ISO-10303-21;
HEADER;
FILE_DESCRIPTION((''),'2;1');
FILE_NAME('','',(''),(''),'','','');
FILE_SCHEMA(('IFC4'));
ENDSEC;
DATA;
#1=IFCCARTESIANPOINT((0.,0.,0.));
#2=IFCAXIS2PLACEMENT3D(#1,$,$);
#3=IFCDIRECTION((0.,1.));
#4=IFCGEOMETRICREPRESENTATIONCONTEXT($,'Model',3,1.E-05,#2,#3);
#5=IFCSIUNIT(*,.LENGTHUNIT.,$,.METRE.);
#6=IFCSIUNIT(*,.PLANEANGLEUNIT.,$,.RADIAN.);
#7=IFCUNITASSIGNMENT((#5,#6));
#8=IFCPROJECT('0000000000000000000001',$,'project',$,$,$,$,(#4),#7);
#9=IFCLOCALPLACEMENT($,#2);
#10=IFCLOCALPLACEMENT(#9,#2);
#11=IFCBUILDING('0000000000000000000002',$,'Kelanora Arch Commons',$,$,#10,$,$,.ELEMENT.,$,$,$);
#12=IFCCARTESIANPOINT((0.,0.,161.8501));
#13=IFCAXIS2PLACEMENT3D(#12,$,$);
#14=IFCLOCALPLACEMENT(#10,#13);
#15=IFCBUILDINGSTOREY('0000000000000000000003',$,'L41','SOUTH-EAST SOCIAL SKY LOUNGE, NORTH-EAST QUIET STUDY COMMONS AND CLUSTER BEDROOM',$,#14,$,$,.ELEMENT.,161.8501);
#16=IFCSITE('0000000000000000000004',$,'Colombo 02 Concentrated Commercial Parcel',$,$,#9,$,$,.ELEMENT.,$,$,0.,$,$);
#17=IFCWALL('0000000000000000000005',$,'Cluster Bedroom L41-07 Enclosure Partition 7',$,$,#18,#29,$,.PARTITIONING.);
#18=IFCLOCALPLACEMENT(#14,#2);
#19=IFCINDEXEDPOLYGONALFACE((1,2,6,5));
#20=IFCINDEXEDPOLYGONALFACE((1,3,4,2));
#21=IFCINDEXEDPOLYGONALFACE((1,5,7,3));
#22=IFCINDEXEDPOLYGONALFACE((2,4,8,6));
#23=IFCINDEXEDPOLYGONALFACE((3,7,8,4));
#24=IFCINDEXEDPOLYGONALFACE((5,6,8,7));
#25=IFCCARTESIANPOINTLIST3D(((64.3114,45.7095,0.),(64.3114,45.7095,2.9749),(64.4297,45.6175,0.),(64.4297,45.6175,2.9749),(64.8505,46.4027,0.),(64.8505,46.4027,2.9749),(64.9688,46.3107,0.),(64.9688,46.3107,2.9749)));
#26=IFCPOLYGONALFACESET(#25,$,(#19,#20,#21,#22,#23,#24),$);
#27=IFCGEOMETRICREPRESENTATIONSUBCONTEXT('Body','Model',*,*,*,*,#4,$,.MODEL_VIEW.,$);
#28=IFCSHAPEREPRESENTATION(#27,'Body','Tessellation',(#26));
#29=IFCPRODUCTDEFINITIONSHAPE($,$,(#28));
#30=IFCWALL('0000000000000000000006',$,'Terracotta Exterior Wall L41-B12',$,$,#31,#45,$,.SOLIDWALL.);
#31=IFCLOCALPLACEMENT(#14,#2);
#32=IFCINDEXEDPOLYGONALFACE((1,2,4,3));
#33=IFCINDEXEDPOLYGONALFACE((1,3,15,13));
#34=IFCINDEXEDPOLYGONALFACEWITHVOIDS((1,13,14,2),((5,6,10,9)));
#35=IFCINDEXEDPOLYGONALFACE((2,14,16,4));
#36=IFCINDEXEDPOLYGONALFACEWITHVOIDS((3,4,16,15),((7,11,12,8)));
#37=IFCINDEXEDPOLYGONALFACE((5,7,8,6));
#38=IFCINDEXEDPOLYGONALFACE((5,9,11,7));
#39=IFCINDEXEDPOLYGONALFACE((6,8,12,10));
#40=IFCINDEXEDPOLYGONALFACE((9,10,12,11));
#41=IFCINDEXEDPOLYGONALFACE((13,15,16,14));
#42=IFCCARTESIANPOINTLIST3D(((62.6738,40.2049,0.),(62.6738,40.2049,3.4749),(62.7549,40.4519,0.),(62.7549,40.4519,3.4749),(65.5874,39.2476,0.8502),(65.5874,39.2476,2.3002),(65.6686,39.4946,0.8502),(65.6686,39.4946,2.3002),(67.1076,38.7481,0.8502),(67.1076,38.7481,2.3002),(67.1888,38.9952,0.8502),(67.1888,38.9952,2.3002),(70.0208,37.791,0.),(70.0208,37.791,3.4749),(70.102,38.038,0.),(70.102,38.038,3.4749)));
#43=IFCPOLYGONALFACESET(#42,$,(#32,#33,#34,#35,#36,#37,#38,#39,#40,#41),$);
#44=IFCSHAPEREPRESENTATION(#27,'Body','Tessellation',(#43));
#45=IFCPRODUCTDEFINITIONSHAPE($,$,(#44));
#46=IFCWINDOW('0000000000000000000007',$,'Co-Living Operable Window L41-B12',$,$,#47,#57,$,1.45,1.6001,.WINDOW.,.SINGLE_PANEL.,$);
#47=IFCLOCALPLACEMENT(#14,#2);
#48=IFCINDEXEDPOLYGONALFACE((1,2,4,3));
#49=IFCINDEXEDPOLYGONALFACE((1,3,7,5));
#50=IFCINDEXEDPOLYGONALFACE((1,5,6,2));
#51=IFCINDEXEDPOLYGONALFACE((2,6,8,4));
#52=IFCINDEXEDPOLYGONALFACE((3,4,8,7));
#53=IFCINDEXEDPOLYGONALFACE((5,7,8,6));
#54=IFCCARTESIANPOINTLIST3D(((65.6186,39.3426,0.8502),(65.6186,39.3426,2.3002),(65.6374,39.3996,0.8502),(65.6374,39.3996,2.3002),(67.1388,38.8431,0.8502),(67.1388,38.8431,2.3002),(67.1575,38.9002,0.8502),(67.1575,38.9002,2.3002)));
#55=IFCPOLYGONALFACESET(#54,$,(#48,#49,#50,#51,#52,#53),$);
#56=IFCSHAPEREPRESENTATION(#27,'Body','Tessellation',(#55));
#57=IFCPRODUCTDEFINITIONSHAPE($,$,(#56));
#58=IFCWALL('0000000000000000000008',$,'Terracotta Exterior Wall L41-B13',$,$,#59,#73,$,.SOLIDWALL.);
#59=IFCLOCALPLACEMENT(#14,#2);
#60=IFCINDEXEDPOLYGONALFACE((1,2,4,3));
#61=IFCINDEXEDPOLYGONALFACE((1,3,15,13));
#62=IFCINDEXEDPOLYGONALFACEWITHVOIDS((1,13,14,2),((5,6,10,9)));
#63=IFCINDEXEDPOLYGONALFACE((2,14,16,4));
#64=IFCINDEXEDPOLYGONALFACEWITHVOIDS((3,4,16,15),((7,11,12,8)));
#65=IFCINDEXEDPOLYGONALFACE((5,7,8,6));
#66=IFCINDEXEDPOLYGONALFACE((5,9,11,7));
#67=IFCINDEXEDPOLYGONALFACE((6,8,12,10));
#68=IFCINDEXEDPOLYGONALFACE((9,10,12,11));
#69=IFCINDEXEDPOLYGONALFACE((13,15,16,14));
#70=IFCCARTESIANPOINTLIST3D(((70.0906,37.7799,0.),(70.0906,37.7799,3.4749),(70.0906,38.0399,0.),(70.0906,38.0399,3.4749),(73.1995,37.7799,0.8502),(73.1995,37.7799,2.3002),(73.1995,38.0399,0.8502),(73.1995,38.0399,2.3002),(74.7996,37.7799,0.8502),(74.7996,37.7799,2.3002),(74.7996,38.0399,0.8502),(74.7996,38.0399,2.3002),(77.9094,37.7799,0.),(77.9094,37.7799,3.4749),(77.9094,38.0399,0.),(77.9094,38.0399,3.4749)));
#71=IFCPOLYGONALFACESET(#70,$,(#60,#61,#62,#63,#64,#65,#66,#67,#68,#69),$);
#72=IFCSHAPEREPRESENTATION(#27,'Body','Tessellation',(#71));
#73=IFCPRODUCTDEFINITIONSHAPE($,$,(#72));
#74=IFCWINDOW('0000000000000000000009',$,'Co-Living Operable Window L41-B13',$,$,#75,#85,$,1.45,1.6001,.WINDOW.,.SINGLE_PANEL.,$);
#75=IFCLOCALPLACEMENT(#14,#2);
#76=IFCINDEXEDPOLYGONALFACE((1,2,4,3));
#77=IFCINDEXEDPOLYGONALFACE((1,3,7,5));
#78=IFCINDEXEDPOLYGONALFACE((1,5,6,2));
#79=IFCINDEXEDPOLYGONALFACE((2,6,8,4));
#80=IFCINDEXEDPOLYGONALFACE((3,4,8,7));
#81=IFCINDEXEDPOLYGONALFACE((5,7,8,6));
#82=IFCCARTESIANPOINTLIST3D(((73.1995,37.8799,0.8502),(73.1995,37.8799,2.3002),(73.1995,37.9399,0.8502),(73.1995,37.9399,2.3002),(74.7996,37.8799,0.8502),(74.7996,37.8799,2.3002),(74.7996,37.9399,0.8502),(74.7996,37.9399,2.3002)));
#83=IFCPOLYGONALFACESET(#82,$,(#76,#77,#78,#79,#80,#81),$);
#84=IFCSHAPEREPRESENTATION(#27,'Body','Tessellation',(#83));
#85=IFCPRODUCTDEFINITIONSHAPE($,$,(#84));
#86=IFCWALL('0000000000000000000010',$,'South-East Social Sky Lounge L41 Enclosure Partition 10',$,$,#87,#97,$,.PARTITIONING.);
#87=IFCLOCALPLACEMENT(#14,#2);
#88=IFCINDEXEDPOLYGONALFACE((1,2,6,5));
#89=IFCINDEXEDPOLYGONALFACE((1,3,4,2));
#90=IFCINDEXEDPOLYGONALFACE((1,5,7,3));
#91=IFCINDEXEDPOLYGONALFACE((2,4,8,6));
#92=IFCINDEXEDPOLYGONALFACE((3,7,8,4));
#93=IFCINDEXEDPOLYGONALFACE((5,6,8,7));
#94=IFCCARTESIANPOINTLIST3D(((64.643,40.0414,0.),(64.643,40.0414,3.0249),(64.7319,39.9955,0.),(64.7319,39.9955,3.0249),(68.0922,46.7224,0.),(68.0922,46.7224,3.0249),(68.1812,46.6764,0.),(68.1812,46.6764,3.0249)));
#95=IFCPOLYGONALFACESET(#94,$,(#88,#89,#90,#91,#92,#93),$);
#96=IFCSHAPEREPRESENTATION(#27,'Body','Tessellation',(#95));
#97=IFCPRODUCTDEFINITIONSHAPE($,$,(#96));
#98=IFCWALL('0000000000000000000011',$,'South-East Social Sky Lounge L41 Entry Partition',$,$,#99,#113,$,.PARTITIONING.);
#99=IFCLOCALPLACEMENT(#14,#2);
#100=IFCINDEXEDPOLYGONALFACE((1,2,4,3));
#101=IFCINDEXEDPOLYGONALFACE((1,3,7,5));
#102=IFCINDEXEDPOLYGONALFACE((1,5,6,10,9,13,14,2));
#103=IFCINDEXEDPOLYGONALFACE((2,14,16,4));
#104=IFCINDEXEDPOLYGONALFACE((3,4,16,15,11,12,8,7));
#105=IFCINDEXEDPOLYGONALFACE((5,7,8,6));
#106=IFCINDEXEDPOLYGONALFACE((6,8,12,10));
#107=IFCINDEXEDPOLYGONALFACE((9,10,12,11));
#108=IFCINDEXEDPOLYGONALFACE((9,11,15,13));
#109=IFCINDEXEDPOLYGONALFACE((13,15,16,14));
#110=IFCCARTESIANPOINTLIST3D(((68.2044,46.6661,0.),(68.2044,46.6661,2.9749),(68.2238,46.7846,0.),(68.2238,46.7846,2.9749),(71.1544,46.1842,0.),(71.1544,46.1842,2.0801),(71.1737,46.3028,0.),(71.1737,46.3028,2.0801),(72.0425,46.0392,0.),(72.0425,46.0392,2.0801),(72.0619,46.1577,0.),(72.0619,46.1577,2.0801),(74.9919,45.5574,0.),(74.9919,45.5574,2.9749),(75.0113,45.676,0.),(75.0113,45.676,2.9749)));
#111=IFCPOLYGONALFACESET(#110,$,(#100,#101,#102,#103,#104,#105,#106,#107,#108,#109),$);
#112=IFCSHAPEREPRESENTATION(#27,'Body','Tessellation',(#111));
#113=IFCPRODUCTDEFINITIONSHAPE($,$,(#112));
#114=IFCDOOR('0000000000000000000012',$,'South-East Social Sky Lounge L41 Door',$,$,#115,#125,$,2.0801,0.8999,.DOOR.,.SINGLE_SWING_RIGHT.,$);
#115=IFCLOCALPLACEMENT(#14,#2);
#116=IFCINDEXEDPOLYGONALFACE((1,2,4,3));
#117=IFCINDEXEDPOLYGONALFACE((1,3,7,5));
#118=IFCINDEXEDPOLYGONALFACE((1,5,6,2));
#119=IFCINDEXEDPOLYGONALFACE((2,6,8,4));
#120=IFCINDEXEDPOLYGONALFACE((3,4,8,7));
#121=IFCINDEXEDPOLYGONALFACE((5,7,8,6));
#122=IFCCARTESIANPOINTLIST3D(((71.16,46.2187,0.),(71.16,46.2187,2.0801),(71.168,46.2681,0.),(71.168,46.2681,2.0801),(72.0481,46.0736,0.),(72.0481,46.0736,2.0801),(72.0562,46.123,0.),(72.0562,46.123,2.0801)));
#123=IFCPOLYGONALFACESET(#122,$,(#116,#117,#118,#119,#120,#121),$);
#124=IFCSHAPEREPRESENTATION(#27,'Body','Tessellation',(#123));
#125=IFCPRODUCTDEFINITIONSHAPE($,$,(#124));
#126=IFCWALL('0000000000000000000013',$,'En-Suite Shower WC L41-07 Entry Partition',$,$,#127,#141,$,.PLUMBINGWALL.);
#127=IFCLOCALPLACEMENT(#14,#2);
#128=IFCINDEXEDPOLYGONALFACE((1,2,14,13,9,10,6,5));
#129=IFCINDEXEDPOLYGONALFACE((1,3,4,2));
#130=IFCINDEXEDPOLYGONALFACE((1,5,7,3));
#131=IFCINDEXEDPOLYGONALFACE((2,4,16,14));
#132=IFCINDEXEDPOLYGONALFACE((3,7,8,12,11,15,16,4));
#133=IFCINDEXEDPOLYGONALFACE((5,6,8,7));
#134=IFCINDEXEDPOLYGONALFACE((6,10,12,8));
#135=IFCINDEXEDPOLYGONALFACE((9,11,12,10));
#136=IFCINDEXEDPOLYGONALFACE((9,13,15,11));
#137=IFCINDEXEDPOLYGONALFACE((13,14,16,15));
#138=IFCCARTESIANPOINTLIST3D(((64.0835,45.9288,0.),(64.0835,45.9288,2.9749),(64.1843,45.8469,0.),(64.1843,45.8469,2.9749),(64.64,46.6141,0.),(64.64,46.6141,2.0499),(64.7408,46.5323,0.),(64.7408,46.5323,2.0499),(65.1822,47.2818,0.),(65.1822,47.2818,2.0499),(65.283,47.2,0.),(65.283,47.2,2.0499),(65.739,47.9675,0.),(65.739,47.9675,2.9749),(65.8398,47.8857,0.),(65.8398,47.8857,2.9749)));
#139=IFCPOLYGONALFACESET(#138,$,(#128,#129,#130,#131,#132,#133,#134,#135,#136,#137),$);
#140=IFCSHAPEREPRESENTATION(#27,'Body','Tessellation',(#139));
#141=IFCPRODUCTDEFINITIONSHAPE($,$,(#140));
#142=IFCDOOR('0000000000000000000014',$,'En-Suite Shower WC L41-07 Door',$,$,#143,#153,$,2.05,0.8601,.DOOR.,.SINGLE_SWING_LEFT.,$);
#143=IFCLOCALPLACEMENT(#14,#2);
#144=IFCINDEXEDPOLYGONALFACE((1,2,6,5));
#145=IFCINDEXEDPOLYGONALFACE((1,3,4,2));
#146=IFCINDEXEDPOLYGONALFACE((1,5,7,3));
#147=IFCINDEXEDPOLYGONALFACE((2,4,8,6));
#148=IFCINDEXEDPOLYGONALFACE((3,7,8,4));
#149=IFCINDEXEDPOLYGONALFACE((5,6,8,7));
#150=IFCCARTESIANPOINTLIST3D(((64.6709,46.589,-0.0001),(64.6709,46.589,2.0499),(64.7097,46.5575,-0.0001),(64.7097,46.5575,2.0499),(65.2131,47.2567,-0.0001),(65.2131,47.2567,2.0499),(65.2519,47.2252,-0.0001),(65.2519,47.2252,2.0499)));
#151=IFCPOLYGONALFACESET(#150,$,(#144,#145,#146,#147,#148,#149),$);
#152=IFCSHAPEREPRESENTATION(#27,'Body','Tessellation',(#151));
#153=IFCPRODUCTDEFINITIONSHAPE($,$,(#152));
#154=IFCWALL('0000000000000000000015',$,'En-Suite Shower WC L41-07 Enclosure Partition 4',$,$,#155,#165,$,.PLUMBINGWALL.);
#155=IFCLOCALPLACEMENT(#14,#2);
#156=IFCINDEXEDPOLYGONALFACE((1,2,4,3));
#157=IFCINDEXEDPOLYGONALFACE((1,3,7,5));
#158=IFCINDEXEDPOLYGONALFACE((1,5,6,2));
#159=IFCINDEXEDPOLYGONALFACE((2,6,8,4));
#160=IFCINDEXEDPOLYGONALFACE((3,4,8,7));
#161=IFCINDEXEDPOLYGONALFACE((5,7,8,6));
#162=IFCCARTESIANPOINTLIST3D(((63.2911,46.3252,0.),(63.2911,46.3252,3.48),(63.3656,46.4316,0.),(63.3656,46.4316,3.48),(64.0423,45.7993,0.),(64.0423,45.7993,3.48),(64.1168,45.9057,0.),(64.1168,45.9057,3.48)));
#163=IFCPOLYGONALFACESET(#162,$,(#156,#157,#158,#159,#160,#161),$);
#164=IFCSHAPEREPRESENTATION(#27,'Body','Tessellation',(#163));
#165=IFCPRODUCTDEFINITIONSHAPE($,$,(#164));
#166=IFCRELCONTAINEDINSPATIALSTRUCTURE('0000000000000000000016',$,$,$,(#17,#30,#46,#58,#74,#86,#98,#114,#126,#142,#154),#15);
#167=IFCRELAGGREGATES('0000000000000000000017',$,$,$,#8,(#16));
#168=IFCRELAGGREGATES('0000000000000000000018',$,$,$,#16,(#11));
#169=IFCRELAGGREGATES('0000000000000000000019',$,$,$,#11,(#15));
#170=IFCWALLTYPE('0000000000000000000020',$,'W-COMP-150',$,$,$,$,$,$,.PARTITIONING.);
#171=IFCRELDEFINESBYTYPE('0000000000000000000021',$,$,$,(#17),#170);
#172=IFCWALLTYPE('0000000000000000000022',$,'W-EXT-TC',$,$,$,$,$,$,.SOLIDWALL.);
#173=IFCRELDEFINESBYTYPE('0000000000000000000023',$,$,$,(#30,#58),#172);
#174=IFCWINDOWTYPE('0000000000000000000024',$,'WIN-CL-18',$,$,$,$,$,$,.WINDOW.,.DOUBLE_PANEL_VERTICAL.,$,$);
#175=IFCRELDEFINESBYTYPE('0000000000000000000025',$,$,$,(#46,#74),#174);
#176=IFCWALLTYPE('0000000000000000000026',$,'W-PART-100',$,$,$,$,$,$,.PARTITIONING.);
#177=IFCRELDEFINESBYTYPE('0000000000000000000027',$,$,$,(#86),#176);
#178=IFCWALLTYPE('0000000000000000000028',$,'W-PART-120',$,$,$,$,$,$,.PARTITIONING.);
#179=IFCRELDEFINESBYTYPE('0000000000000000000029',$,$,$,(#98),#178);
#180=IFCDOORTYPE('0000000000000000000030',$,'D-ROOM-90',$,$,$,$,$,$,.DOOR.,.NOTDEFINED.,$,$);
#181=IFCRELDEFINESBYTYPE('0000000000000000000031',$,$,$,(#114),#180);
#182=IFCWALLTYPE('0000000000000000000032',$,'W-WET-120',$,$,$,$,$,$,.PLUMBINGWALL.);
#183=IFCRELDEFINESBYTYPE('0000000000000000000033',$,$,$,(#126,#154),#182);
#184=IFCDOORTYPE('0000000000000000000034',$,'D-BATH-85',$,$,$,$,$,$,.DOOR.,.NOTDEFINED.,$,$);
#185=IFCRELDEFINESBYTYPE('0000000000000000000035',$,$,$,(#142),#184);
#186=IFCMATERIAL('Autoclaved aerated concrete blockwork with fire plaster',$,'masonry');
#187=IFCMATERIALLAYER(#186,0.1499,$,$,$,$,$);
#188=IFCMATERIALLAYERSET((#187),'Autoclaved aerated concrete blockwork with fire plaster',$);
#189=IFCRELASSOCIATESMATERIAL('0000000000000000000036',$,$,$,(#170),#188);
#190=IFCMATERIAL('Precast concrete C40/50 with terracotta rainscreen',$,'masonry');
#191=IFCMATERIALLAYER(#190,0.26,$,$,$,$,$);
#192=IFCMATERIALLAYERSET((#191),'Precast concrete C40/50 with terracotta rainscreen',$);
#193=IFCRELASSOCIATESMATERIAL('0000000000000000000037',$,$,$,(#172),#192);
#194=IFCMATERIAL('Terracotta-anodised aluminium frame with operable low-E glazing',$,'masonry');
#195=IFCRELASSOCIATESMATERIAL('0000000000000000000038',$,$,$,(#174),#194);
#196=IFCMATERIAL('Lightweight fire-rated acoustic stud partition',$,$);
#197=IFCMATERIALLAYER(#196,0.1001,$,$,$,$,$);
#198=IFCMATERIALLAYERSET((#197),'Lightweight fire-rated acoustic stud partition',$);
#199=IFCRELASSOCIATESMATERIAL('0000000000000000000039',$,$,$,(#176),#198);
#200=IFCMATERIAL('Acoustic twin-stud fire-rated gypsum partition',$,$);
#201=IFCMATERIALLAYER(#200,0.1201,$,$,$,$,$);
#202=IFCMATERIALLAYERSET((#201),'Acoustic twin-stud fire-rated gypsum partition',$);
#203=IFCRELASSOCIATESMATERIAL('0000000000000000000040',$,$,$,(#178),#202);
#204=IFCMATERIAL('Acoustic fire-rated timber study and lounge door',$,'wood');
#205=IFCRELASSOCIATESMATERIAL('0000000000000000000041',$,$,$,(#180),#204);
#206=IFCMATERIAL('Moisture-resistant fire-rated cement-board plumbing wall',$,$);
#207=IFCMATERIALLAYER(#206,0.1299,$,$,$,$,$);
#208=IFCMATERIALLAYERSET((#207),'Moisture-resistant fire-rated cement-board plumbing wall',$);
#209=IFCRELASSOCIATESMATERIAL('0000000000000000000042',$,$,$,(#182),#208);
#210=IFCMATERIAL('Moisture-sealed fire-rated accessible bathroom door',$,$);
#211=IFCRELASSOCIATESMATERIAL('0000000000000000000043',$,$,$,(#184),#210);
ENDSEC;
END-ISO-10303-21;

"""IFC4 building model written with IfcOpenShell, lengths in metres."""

from ifc_helpers import new_model, si_unit, direction, frame, frame_2d, origin, place, context, subcontext, project, spatial, rectangle, extrude, material, layer, layer_set, type_object, element, fill, save


model = new_model("IFC4")

# Units and contexts
model_context = context("Model", 3, precision=1e-05, world=origin(), true_north=direction((0.0, 1.0)))
body_context = subcontext(model_context, "Body", "Model", "MODEL_VIEW")
ifc_project = project(units=[si_unit("LENGTHUNIT", "METRE"), si_unit("PLANEANGLEUNIT", "RADIAN")], contexts=[model_context])

# Site, building, storey
site_placement = place(None, origin())
site = spatial("IfcSite", under=ifc_project, at=site_placement, Name="Colombo 02 Concentrated Commercial Parcel", CompositionType="ELEMENT", RefElevation=0.0)
building_placement = place(site_placement, origin())
building = spatial("IfcBuilding", under=site, at=building_placement, Name="Kelanora Arch Commons", CompositionType="ELEMENT")
storey_placement = place(building_placement, frame((0.0, 0.0, 161.8501)))
storey = spatial("IfcBuildingStorey", under=building, at=storey_placement, Name="L41", Description="SOUTH-EAST SOCIAL SKY LOUNGE, NORTH-EAST QUIET STUDY COMMONS AND CLUSTER BEDROOM", CompositionType="ELEMENT", Elevation=161.8501)

# Shared definitions
ifc_material_1 = material(Name="Autoclaved aerated concrete blockwork with fire plaster", Category="masonry")
ifc_layer_1 = layer(ifc_material_1, 0.1499)
ifc_layer_set_1 = layer_set([ifc_layer_1], Name="Autoclaved aerated concrete blockwork with fire plaster")
wall_type_1 = type_object("IfcWallType", Name="W-COMP-150", PredefinedType="PARTITIONING", material=ifc_layer_set_1)

# Wall
wall_1_placement = place(storey_placement, frame((64.3706, 45.6636, 0.0), z_axis=(0.0, 0.0, 1.0), x_axis=(0.613921, 0.789367, 0.0)))
element("IfcWall", 1, at=wall_1_placement, inside=storey, type_object=wall_type_1, Name="Cluster Bedroom L41-07 Enclosure Partition 7", PredefinedType="PARTITIONING", context=body_context, shape_type="SweptSolid", body=[
    extrude(rectangle(XDim=0.8782, YDim=0.1499, at=frame_2d((0.439, 0.0))), origin(), (0.0, 0.0, 1.0), 2.9749),
])

# Walls, openings, windows
ifc_material_2 = material(Name="Precast concrete C40/50 with terracotta rainscreen", Category="masonry")
ifc_layer_2 = layer(ifc_material_2, 0.26)
ifc_layer_set_2 = layer_set([ifc_layer_2], Name="Precast concrete C40/50 with terracotta rainscreen")
wall_type_2 = type_object("IfcWallType", Name="W-EXT-TC", PredefinedType="SOLIDWALL", material=ifc_layer_set_2)
wall_2_placement = place(storey_placement, frame((62.7144, 40.3284, 0.0), z_axis=(0.0, 0.0, 1.0), x_axis=(0.950038, -0.312133, 0.0)))
wall_2 = element("IfcWall", 2, at=wall_2_placement, inside=storey, type_object=wall_type_2, Name="Terracotta Exterior Wall L41-B12", PredefinedType="SOLIDWALL", context=body_context, shape_type="SweptSolid", body=[
    extrude(rectangle(XDim=7.7334, YDim=0.26, at=frame_2d((3.8667, 0.0))), origin(), (0.0, 0.0, 1.0), 3.4749),
])
opening_1_placement = place(wall_2_placement, frame((3.0669, 0.0, 0.8501)))
opening_1 = element("IfcOpeningElement", 3, at=opening_1_placement, cuts=wall_2, PredefinedType="OPENING", context=body_context, shape_type="SweptSolid", body=[
    extrude(rectangle(XDim=1.6001, YDim=1.45, at=frame_2d((0.8, 0.7251))), frame((0.0, 0.1401, 0.0), z_axis=(0.0, -1.0, 0.0), x_axis=(1.0, 0.0, 0.0)), (0.0, 0.0, 1.0), 0.28),
])
ifc_material_3 = material(Name="Terracotta-anodised aluminium frame with operable low-E glazing", Category="masonry")
window_type = type_object("IfcWindowType", Name="WIN-CL-18", PartitioningType="DOUBLE_PANEL_VERTICAL", PredefinedType="WINDOW", material=ifc_material_3)
window_1_placement = place(opening_1_placement, origin())
window_1 = element("IfcWindow", 4, at=window_1_placement, inside=storey, type_object=window_type, Name="Co-Living Operable Window L41-B12", OverallHeight=1.45, OverallWidth=1.6001, PartitioningType="SINGLE_PANEL", PredefinedType="WINDOW", context=body_context, shape_type="SweptSolid", body=[
    extrude(rectangle(XDim=1.6001, YDim=1.45, at=frame_2d((0.8, 0.7251))), frame((0.0, 0.03, 0.0), z_axis=(0.0, -1.0, 0.0), x_axis=(1.0, 0.0, 0.0)), (0.0, 0.0, 1.0), 0.0601),
])
fill(opening_1, window_1)
wall_3_placement = place(storey_placement, frame((70.0906, 37.9099, 0.0), z_axis=(0.0, 0.0, 1.0), x_axis=(1.0, 0.0, 0.0)))
wall_3 = element("IfcWall", 5, at=wall_3_placement, inside=storey, type_object=wall_type_2, Name="Terracotta Exterior Wall L41-B13", PredefinedType="SOLIDWALL", context=body_context, shape_type="SweptSolid", body=[
    extrude(rectangle(XDim=7.8188, YDim=0.26, at=frame_2d((3.9094, 0.0))), origin(), (0.0, 0.0, 1.0), 3.4749),
])
opening_2_placement = place(wall_3_placement, frame((3.1089, 0.0, 0.8501)))
opening_2 = element("IfcOpeningElement", 6, at=opening_2_placement, cuts=wall_3, PredefinedType="OPENING", context=body_context, shape_type="SweptSolid", body=[
    extrude(rectangle(XDim=1.6001, YDim=1.45, at=frame_2d((0.8, 0.7251))), frame((0.0, 0.1401, 0.0), z_axis=(0.0, -1.0, 0.0), x_axis=(1.0, 0.0, 0.0)), (0.0, 0.0, 1.0), 0.28),
])
window_2_placement = place(opening_2_placement, origin())
window_2 = element("IfcWindow", 7, at=window_2_placement, inside=storey, type_object=window_type, Name="Co-Living Operable Window L41-B13", OverallHeight=1.45, OverallWidth=1.6001, PartitioningType="SINGLE_PANEL", PredefinedType="WINDOW", context=body_context, shape_type="SweptSolid", body=[
    extrude(rectangle(XDim=1.6001, YDim=1.45, at=frame_2d((0.8, 0.7251))), frame((0.0, 0.03, 0.0), z_axis=(0.0, -1.0, 0.0), x_axis=(1.0, 0.0, 0.0)), (0.0, 0.0, 1.0), 0.0601),
])
fill(opening_2, window_2)

# Wall
ifc_material_4 = material(Name="Lightweight fire-rated acoustic stud partition")
ifc_layer_3 = layer(ifc_material_4, 0.1001)
ifc_layer_set_3 = layer_set([ifc_layer_3], Name="Lightweight fire-rated acoustic stud partition")
wall_type_3 = type_object("IfcWallType", Name="W-PART-100", PredefinedType="PARTITIONING", material=ifc_layer_set_3)
wall_4_placement = place(storey_placement, frame((64.6875, 40.0186, 0.0), z_axis=(0.0, 0.0, 1.0), x_axis=(0.458749, 0.888566, 0.0)))
element("IfcWall", 8, at=wall_4_placement, inside=storey, type_object=wall_type_3, Name="South-East Social Sky Lounge L41 Enclosure Partition 10", PredefinedType="PARTITIONING", context=body_context, shape_type="SweptSolid", body=[
    extrude(rectangle(XDim=7.5188, YDim=0.1001, at=frame_2d((3.7593, 0.0))), origin(), (0.0, 0.0, 1.0), 3.0249),
])

# Walls, openings, doors
ifc_material_5 = material(Name="Acoustic twin-stud fire-rated gypsum partition")
ifc_layer_4 = layer(ifc_material_5, 0.1201)
ifc_layer_set_4 = layer_set([ifc_layer_4], Name="Acoustic twin-stud fire-rated gypsum partition")
wall_type_4 = type_object("IfcWallType", Name="W-PART-120", PredefinedType="PARTITIONING", material=ifc_layer_set_4)
wall_5_placement = place(storey_placement, frame((68.2141, 46.7253, 0.0), z_axis=(0.0, 0.0, 1.0), x_axis=(0.986922, -0.161198, 0.0)))
wall_5 = element("IfcWall", 9, at=wall_5_placement, inside=storey, type_object=wall_type_4, Name="South-East Social Sky Lounge L41 Entry Partition", PredefinedType="PARTITIONING", context=body_context, shape_type="SweptSolid", body=[
    extrude(rectangle(XDim=6.8774, YDim=0.1201, at=frame_2d((3.4387, 0.0))), origin(), (0.0, 0.0, 1.0), 2.9749),
])
opening_3_placement = place(wall_5_placement, frame((2.989, 0.0, 0.0)))
opening_3 = element("IfcOpeningElement", 10, at=opening_3_placement, cuts=wall_5, PredefinedType="OPENING", context=body_context, shape_type="SweptSolid", body=[
    extrude(rectangle(XDim=0.8999, YDim=2.0801, at=frame_2d((0.45, 1.04))), frame((0.0, 0.0701, 0.0), z_axis=(0.0, -1.0, 0.0), x_axis=(1.0, 0.0, 0.0)), (0.0, 0.0, 1.0), 0.1401),
])
ifc_material_6 = material(Name="Acoustic fire-rated timber study and lounge door", Category="wood")
door_type_1 = type_object("IfcDoorType", Name="D-ROOM-90", OperationType="NOTDEFINED", PredefinedType="DOOR", material=ifc_material_6)
door_1_placement = place(opening_3_placement, origin())
door_1 = element("IfcDoor", 11, at=door_1_placement, inside=storey, type_object=door_type_1, Name="South-East Social Sky Lounge L41 Door", OperationType="SINGLE_SWING_RIGHT", OverallHeight=2.0801, OverallWidth=0.8999, PredefinedType="DOOR", context=body_context, shape_type="SweptSolid", body=[
    extrude(rectangle(XDim=0.8999, YDim=2.0801, at=frame_2d((0.45, 1.04))), frame((0.0, 0.0249, 0.0), z_axis=(0.0, -1.0, 0.0), x_axis=(1.0, 0.0, 0.0)), (0.0, 0.0, 1.0), 0.05),
])
fill(opening_3, door_1)
ifc_material_7 = material(Name="Moisture-resistant fire-rated cement-board plumbing wall")
ifc_layer_5 = layer(ifc_material_7, 0.1299)
ifc_layer_set_5 = layer_set([ifc_layer_5], Name="Moisture-resistant fire-rated cement-board plumbing wall")
wall_type_5 = type_object("IfcWallType", Name="W-WET-120", PredefinedType="PLUMBINGWALL", material=ifc_layer_set_5)
wall_6_placement = place(storey_placement, frame((65.7893, 47.9265, 0.0), z_axis=(0.0, 0.0, 1.0), x_axis=(-0.630358, -0.776304, 0.0)))
wall_6 = element("IfcWall", 12, at=wall_6_placement, inside=storey, type_object=wall_type_5, Name="En-Suite Shower WC L41-07 Entry Partition", PredefinedType="PLUMBINGWALL", context=body_context, shape_type="SweptSolid", body=[
    extrude(rectangle(XDim=2.6262, YDim=0.1299, at=frame_2d((1.313, 0.0))), origin(), (0.0, 0.0, 1.0), 2.9749),
])
opening_4_placement = place(wall_6_placement, frame((0.8831, 0.0, 0.0)))
opening_4 = element("IfcOpeningElement", 13, at=opening_4_placement, cuts=wall_6, PredefinedType="OPENING", context=body_context, shape_type="SweptSolid", body=[
    extrude(rectangle(XDim=0.8601, YDim=2.05, at=frame_2d((0.4302, 1.0249))), frame((0.0, 0.075, 0.0), z_axis=(0.0, -1.0, 0.0), x_axis=(1.0, 0.0, 0.0)), (0.0, 0.0, 1.0), 0.1499),
])
ifc_material_8 = material(Name="Moisture-sealed fire-rated accessible bathroom door")
door_type_2 = type_object("IfcDoorType", Name="D-BATH-85", OperationType="NOTDEFINED", PredefinedType="DOOR", material=ifc_material_8)
door_2_placement = place(opening_4_placement, origin())
door_2 = element("IfcDoor", 14, at=door_2_placement, inside=storey, type_object=door_type_2, Name="En-Suite Shower WC L41-07 Door", OperationType="SINGLE_SWING_LEFT", OverallHeight=2.05, OverallWidth=0.8601, PredefinedType="DOOR", context=body_context, shape_type="SweptSolid", body=[
    extrude(rectangle(XDim=0.8601, YDim=2.05, at=frame_2d((0.4302, 1.0249))), frame((0.0, 0.0249, 0.0), z_axis=(0.0, -1.0, 0.0), x_axis=(1.0, 0.0, 0.0)), (0.0, 0.0, 1.0), 0.05),
])
fill(opening_4, door_2)

# Wall
wall_7_placement = place(storey_placement, frame((64.0796, 45.8525, 0.0), z_axis=(0.0, 0.0, 1.0), x_axis=(-0.819219, 0.57348, 0.0)))
element("IfcWall", 15, at=wall_7_placement, inside=storey, type_object=wall_type_5, Name="En-Suite Shower WC L41-07 Enclosure Partition 4", PredefinedType="PLUMBINGWALL", context=body_context, shape_type="SweptSolid", body=[
    extrude(rectangle(XDim=0.917, YDim=0.1299, at=frame_2d((0.4585, 0.0))), origin(), (0.0, 0.0, 1.0), 3.48),
])

save(model, "model.ifc")
